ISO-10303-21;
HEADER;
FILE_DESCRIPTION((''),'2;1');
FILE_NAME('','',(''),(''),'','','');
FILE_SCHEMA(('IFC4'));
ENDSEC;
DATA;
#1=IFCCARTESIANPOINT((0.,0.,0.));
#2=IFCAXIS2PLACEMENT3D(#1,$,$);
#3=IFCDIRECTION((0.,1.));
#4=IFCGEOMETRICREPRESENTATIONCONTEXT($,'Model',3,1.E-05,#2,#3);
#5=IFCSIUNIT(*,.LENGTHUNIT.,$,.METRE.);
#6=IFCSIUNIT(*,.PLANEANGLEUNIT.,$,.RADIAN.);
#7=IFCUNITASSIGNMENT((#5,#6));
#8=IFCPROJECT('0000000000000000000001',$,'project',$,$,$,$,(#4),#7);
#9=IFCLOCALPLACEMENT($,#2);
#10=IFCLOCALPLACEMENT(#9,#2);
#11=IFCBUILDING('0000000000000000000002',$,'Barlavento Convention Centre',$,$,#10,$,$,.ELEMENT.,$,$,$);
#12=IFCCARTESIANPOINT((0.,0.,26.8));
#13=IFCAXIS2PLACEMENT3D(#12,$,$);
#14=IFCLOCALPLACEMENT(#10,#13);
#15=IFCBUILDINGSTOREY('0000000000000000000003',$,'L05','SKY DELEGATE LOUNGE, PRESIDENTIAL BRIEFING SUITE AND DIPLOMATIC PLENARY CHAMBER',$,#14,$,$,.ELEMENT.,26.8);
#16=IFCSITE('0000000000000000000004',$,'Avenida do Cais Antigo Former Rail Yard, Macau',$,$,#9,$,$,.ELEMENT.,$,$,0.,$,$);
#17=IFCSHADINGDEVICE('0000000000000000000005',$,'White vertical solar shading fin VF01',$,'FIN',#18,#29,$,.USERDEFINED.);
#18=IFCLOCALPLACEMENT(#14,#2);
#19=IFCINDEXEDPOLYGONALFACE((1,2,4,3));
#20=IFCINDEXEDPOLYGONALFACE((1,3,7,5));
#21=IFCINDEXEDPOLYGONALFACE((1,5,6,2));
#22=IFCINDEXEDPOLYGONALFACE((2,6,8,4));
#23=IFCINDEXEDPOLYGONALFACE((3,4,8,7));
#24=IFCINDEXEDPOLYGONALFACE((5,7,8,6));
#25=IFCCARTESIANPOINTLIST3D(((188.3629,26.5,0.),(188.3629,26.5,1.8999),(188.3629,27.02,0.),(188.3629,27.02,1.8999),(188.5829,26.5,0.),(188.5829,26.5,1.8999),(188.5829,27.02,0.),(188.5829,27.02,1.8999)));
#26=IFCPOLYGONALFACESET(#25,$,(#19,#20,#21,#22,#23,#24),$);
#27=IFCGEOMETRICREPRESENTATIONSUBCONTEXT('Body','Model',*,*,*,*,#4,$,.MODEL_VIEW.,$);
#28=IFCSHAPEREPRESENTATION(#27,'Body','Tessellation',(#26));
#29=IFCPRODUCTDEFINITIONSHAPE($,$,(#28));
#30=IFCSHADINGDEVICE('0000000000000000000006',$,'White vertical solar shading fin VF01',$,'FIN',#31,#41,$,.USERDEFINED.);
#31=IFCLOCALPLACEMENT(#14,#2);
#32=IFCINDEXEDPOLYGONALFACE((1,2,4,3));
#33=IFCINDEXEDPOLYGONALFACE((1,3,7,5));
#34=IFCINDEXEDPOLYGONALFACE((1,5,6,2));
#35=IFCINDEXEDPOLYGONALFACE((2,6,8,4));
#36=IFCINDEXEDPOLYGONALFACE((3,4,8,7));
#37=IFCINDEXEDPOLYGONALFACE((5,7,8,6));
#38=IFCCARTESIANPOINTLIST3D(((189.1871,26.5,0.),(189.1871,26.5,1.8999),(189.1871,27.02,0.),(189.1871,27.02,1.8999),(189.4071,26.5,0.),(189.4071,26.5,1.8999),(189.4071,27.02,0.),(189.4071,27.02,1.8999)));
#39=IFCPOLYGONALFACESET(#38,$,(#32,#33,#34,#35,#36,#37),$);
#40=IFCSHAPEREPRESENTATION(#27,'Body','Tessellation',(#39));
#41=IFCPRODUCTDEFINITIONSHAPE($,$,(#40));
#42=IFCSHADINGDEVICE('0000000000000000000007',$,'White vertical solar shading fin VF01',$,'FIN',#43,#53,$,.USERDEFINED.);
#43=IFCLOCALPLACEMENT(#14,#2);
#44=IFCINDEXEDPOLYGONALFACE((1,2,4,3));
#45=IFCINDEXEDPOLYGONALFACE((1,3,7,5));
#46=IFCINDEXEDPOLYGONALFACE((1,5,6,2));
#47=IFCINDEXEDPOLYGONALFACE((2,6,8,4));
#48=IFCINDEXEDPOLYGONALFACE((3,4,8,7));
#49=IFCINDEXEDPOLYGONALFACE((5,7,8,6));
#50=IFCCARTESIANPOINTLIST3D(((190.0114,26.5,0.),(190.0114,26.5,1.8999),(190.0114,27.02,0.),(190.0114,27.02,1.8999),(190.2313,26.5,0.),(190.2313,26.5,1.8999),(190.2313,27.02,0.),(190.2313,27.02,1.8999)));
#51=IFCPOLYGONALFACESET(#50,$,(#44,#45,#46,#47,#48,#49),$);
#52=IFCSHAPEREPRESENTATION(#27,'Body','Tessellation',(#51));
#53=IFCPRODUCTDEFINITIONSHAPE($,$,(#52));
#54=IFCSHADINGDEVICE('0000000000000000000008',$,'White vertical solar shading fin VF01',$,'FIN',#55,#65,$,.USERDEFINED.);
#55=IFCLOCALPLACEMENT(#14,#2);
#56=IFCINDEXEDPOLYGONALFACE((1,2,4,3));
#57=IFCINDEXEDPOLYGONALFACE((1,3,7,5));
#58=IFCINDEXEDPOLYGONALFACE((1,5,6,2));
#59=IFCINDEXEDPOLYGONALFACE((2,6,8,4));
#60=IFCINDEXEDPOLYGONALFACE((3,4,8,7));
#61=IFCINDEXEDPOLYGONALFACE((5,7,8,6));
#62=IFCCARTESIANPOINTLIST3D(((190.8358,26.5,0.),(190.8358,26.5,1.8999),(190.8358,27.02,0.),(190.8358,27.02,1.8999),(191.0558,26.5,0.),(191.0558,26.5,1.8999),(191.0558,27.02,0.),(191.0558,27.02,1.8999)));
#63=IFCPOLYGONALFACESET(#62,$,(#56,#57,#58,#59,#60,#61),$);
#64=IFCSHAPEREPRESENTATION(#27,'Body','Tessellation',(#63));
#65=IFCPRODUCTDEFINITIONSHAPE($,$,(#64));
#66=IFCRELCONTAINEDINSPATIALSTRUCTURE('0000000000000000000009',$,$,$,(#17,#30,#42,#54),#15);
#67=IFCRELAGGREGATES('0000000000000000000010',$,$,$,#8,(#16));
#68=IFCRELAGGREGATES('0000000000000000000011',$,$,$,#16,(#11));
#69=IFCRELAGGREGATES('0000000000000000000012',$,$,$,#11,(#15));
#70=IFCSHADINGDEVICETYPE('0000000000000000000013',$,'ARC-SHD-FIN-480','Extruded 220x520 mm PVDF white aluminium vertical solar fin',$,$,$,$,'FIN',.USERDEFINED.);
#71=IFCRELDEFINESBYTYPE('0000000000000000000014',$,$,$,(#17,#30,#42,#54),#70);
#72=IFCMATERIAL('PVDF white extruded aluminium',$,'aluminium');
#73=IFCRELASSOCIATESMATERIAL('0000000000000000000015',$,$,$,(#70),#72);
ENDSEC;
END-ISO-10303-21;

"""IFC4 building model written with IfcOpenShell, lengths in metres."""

from ifc_helpers import new_model, si_unit, direction, frame, origin, origin_2d, place, context, subcontext, project, spatial, rectangle, extrude, material, type_object, element, save


model = new_model("IFC4")

# Units and contexts
model_context = context("Model", 3, precision=1e-05, world=origin(), true_north=direction((0.0, 1.0)))
body_context = subcontext(model_context, "Body", "Model", "MODEL_VIEW")
ifc_project = project(units=[si_unit("LENGTHUNIT", "METRE"), si_unit("PLANEANGLEUNIT", "RADIAN")], contexts=[model_context])

# Site, building, storey
site_placement = place(None, origin())
site = spatial("IfcSite", under=ifc_project, at=site_placement, Name="Avenida do Cais Antigo Former Rail Yard, Macau", CompositionType="ELEMENT", RefElevation=0.0)
building_placement = place(site_placement, origin())
building = spatial("IfcBuilding", under=site, at=building_placement, Name="Barlavento Convention Centre", CompositionType="ELEMENT")
storey_placement = place(building_placement, frame((0.0, 0.0, 26.8)))
storey = spatial("IfcBuildingStorey", under=building, at=storey_placement, Name="L05", Description="SKY DELEGATE LOUNGE, PRESIDENTIAL BRIEFING SUITE AND DIPLOMATIC PLENARY CHAMBER", CompositionType="ELEMENT", Elevation=26.8)

# Shading devices
ifc_material_1 = material(Name="PVDF white extruded aluminium", Category="aluminium")
shading_device_type = type_object("IfcShadingDeviceType", Name="ARC-SHD-FIN-480", Description="Extruded 220x520 mm PVDF white aluminium vertical solar fin", ElementType="FIN", PredefinedType="USERDEFINED", material=ifc_material_1)
for number, where, z_axis, x_axis, name in (
    (1, (188.4729, 26.76, 0.0), (0.0, 0.0, 1.0), (1.0, 0.0, 0.0), "White vertical solar shading fin VF01"),
    (2, (189.2971, 26.76, 0.0), (0.0, 0.0, 1.0), (1.0, 0.0, 0.0), "White vertical solar shading fin VF01"),
    (3, (190.1213, 26.76, 0.0), (0.0, 0.0, 1.0), (1.0, 0.0, 0.0), "White vertical solar shading fin VF01"),
    (4, (190.9458, 26.76, 0.0), (0.0, 0.0, 1.0), (1.0, 0.0, 0.0), "White vertical solar shading fin VF01"),
):
    element("IfcShadingDevice", number, at=place(storey_placement, frame(where, z_axis=z_axis, x_axis=x_axis)), inside=storey, type_object=shading_device_type, Name=name, ObjectType="FIN", PredefinedType="USERDEFINED", context=body_context, shape_type="SweptSolid", body=[
        extrude(rectangle(XDim=0.22, YDim=0.52, at=origin_2d()), origin(), (0.0, 0.0, 1.0), 1.8999),
    ])

save(model, "model.ifc")
